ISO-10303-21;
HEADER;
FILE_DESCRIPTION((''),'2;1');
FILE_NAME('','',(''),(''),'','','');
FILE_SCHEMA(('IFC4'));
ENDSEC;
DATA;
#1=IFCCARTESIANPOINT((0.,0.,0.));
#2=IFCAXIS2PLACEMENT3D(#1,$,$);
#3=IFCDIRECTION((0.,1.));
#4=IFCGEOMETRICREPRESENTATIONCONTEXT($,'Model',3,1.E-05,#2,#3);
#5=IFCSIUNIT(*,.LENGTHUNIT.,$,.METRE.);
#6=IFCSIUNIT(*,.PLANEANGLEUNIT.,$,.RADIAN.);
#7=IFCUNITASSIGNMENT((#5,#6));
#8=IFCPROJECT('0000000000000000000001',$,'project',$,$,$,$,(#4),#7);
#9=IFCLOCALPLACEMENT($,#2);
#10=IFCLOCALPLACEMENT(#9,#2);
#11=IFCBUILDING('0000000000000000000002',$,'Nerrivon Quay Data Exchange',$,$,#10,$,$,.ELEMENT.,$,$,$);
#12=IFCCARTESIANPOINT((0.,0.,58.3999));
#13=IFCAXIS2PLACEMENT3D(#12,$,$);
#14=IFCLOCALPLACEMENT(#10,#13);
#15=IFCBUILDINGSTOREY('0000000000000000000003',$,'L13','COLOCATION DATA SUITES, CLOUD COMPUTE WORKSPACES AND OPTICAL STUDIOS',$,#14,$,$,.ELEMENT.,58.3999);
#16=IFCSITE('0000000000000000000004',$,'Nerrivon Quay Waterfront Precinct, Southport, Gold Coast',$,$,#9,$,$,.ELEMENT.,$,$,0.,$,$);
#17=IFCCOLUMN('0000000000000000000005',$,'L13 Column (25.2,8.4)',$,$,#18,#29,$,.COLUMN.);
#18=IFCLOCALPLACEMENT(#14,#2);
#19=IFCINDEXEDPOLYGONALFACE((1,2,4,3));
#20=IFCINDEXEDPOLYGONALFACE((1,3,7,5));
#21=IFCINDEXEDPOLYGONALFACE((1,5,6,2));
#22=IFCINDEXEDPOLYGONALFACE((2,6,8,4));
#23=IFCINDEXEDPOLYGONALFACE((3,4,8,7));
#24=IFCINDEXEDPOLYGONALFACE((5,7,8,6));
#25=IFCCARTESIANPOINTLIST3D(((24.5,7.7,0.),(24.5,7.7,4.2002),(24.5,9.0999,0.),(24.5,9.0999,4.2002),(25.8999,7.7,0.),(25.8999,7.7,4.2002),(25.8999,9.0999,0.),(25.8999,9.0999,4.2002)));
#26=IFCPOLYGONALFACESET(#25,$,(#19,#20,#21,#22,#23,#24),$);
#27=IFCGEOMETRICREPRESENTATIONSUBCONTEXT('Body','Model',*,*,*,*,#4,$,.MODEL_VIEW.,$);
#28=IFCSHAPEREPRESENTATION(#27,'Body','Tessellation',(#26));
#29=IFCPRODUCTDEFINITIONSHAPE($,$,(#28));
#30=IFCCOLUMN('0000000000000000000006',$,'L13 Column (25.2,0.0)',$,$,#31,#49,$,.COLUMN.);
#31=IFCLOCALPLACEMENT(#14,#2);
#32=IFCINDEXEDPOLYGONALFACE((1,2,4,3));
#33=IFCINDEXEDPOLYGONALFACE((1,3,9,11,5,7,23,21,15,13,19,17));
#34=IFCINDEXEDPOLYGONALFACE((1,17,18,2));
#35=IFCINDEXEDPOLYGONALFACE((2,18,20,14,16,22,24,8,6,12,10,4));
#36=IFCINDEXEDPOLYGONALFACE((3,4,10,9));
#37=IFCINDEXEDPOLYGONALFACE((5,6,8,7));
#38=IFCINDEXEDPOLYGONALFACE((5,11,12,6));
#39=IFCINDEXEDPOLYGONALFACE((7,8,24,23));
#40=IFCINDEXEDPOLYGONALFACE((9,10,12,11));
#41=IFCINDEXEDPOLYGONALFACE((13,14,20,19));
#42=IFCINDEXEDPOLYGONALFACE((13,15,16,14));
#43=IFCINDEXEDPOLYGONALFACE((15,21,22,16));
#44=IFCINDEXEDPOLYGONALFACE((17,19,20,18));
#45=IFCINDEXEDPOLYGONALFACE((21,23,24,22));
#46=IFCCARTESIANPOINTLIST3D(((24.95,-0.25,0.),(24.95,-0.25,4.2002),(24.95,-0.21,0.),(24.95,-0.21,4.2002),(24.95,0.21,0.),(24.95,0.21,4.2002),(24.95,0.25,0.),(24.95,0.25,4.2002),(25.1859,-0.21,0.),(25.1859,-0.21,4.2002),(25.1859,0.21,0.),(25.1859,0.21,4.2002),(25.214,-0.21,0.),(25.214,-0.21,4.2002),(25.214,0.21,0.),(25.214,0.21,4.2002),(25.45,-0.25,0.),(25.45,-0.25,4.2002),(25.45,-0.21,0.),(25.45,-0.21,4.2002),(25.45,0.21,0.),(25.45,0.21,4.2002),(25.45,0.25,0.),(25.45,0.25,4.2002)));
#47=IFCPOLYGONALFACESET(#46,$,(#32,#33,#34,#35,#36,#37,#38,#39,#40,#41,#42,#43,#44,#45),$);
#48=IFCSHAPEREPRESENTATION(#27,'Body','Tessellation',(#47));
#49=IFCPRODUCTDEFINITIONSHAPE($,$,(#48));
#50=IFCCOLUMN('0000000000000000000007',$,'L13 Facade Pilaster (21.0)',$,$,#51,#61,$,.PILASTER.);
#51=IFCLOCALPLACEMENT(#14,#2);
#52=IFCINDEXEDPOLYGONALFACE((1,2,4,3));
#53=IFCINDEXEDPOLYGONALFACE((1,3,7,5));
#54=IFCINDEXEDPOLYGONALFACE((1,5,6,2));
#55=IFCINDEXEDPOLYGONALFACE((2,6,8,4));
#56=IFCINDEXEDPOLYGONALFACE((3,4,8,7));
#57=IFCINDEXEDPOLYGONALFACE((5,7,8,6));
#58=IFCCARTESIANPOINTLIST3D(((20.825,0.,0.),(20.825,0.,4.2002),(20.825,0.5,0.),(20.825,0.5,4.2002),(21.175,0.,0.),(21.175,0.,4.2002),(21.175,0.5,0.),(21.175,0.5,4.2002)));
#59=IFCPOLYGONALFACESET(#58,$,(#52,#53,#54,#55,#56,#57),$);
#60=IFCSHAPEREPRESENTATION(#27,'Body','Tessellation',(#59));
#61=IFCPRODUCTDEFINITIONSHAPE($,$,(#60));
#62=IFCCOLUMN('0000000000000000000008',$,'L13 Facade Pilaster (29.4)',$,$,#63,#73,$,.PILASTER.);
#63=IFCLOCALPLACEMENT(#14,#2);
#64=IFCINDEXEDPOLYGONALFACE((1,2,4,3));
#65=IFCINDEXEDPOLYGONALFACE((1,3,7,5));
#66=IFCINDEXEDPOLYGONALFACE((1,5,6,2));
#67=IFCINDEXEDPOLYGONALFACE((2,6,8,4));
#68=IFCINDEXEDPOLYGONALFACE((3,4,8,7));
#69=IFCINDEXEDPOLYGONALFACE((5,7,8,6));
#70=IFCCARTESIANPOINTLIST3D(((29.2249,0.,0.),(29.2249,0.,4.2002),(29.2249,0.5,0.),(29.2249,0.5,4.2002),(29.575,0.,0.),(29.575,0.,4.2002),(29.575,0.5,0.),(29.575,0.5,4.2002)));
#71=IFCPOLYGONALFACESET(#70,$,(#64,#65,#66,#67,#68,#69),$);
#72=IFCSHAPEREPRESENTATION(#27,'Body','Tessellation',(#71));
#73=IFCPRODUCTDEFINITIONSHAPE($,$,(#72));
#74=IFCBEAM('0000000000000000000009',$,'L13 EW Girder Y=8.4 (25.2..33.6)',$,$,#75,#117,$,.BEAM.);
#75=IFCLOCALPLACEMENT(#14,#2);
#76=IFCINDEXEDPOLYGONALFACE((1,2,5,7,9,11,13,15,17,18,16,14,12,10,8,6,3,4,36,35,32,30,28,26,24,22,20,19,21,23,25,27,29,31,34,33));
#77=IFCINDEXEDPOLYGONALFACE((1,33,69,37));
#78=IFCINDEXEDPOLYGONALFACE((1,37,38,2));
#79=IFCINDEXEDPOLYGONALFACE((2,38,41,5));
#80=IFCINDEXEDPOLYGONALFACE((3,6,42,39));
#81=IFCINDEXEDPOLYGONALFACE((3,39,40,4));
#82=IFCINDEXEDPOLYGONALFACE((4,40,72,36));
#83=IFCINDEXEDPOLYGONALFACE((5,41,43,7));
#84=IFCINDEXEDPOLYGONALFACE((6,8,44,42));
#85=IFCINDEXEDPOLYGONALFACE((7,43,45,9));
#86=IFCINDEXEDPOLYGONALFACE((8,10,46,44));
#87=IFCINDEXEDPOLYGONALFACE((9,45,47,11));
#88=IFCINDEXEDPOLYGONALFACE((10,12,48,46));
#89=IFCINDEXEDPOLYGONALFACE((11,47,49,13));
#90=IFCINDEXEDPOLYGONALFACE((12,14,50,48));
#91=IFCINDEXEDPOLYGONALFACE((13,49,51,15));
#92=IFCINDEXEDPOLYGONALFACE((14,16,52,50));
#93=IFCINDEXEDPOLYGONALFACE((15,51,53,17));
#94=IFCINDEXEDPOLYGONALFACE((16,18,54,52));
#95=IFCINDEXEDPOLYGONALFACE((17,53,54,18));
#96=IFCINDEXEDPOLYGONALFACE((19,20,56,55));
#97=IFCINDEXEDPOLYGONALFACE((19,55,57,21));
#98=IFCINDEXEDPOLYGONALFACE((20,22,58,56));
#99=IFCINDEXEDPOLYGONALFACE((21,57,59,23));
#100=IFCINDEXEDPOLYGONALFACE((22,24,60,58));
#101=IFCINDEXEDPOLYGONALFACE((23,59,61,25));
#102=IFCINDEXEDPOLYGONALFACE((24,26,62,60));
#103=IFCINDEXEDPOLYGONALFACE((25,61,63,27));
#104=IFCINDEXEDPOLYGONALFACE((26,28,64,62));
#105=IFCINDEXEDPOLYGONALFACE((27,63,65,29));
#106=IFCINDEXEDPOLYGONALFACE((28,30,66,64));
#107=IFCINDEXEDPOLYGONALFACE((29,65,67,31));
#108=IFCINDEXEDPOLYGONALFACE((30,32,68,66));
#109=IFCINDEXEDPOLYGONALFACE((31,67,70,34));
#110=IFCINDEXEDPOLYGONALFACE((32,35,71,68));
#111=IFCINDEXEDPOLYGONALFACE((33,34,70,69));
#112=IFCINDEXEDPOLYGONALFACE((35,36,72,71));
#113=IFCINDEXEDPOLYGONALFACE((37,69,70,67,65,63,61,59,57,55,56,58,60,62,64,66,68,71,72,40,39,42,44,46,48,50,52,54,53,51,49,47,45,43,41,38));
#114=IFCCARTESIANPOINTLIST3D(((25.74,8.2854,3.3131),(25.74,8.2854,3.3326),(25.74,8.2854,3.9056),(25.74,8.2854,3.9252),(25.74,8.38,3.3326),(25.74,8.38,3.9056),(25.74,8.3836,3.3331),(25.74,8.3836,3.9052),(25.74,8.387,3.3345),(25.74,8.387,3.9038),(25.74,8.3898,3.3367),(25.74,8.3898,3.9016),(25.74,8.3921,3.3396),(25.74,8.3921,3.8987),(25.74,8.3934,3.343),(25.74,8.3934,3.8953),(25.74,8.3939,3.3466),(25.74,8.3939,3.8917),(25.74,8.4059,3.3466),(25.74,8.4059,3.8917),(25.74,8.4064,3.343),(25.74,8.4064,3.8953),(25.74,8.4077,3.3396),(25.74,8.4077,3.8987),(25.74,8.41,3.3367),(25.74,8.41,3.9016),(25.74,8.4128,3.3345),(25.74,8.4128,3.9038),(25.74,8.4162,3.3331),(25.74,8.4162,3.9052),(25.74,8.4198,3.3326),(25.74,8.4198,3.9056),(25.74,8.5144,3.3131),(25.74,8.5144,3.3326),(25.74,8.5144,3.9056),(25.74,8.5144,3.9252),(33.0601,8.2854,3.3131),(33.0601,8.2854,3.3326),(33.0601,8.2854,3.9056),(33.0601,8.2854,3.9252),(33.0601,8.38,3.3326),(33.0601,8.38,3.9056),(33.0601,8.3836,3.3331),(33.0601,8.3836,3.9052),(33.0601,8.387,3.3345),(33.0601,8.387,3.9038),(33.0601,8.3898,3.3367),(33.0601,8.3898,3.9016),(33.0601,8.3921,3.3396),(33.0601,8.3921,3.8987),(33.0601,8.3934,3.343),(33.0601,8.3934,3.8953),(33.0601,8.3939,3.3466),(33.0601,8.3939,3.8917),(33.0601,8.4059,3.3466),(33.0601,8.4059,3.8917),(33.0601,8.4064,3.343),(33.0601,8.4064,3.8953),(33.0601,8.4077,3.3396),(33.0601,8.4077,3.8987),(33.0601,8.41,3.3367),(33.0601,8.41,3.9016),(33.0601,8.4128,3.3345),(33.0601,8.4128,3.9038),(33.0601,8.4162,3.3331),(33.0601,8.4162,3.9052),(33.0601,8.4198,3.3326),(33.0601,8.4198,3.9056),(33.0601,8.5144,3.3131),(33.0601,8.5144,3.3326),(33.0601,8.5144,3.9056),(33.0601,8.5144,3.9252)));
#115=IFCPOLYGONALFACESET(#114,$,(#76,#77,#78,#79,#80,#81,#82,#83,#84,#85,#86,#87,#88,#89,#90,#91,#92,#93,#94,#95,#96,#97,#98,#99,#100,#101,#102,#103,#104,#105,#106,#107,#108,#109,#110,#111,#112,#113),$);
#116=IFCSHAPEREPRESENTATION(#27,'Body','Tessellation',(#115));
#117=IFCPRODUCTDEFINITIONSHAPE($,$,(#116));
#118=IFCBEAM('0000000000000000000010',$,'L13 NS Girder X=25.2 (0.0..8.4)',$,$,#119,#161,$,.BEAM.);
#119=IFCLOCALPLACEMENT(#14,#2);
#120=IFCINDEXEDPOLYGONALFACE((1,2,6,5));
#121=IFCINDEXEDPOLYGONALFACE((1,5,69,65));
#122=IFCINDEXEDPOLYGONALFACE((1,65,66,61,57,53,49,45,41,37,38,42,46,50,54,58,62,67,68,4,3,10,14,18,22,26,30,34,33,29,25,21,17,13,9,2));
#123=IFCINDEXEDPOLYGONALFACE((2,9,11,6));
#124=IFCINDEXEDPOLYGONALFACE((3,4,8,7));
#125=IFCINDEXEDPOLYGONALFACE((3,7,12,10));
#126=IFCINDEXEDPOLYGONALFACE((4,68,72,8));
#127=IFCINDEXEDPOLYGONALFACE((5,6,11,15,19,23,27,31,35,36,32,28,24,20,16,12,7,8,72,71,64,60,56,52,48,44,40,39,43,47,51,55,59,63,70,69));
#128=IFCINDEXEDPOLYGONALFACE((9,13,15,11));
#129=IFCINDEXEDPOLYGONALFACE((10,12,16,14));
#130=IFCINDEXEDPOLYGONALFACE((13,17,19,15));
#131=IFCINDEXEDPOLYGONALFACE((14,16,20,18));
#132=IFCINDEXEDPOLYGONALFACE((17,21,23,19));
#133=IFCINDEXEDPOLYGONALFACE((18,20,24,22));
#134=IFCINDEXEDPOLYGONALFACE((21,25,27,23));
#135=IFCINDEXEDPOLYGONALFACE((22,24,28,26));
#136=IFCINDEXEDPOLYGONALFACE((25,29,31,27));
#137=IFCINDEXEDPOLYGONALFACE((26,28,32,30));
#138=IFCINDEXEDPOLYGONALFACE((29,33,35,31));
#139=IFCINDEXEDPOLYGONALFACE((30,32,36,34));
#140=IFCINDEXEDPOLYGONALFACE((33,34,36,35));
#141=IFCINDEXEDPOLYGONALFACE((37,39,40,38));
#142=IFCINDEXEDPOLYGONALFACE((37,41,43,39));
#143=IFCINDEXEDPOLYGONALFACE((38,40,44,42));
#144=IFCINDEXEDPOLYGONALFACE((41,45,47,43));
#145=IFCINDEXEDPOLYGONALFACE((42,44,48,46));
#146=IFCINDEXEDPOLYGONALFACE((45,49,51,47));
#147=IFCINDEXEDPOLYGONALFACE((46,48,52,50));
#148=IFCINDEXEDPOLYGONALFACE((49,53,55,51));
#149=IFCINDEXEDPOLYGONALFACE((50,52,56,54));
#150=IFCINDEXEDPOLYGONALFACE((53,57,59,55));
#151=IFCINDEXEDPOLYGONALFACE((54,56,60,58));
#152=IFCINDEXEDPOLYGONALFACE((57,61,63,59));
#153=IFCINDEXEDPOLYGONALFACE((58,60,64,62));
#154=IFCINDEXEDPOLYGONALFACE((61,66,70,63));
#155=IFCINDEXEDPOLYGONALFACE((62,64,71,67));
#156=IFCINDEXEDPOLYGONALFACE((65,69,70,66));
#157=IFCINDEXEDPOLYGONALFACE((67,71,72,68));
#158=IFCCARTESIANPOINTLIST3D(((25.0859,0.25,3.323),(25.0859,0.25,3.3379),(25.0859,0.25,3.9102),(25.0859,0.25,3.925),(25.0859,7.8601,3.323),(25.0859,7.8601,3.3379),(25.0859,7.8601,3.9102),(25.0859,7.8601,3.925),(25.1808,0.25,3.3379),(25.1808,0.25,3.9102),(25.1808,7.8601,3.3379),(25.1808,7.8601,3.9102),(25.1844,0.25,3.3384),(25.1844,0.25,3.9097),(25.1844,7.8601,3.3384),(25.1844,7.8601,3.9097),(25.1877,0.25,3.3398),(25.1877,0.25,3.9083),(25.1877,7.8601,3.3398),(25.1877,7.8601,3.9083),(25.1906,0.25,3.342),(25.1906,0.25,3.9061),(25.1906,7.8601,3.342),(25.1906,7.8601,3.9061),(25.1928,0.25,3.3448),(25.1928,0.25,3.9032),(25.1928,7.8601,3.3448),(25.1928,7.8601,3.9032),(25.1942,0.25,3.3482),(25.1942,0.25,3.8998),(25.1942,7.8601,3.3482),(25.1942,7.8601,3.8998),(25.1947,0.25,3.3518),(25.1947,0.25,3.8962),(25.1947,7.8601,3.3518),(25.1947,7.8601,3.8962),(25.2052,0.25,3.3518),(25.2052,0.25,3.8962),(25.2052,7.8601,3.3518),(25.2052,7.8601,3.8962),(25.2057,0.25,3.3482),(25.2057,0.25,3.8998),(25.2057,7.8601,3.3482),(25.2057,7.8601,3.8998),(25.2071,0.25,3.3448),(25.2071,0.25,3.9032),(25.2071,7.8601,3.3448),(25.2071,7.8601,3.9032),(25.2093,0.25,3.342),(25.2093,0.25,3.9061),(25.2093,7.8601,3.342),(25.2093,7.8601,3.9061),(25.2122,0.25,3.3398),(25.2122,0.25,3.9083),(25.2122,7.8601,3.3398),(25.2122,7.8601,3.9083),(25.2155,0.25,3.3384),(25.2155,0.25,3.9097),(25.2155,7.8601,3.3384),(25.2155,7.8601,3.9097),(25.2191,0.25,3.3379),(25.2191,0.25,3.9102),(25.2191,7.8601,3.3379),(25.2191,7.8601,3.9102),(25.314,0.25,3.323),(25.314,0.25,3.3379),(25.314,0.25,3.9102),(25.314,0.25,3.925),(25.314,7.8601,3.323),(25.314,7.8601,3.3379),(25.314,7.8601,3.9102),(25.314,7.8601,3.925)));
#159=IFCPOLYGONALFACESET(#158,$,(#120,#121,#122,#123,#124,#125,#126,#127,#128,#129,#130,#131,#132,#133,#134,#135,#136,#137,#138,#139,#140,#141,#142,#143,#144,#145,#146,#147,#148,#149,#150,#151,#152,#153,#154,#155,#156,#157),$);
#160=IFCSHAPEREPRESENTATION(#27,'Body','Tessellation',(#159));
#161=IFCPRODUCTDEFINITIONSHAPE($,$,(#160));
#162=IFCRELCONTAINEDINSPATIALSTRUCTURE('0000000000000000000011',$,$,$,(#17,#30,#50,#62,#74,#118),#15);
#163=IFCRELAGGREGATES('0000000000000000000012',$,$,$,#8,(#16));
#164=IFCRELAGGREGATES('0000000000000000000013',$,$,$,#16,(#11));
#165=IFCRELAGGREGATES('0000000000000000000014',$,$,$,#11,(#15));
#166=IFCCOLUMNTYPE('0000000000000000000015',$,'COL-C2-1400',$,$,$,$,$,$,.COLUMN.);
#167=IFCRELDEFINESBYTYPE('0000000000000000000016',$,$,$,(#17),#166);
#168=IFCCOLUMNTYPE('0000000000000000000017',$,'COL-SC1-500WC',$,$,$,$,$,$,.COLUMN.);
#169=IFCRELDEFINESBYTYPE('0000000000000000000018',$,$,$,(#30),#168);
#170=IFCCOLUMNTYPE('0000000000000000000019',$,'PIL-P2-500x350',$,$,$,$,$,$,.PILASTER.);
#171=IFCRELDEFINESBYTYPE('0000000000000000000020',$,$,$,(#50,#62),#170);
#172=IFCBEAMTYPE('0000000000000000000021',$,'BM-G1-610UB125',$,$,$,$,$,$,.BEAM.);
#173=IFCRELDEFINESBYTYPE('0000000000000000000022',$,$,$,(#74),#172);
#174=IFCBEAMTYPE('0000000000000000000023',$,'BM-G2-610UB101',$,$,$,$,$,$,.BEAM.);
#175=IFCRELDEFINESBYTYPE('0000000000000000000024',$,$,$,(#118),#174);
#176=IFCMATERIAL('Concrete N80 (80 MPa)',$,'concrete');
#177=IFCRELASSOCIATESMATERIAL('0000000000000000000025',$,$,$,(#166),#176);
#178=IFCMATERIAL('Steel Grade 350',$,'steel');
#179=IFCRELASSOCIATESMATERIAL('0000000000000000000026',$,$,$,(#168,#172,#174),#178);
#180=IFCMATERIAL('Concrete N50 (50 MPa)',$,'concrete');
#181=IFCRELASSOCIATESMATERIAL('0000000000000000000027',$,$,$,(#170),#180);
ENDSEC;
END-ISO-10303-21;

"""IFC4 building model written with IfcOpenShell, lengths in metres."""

from ifc_helpers import new_model, si_unit, direction, frame, origin, origin_2d, place, context, subcontext, project, spatial, rectangle, i_section, extrude, material, material_profile, profile_set, type_object, element, save


model = new_model("IFC4")

# Units and contexts
model_context = context("Model", 3, precision=1e-05, world=origin(), true_north=direction((0.0, 1.0)))
body_context = subcontext(model_context, "Body", "Model", "MODEL_VIEW")
ifc_project = project(units=[si_unit("LENGTHUNIT", "METRE"), si_unit("PLANEANGLEUNIT", "RADIAN")], contexts=[model_context])

# Site, building, storey
site_placement = place(None, origin())
site = spatial("IfcSite", under=ifc_project, at=site_placement, Name="Nerrivon Quay Waterfront Precinct, Southport, Gold Coast", CompositionType="ELEMENT", RefElevation=0.0)
building_placement = place(site_placement, origin())
building = spatial("IfcBuilding", under=site, at=building_placement, Name="Nerrivon Quay Data Exchange", CompositionType="ELEMENT")
storey_placement = place(building_placement, frame((0.0, 0.0, 58.3999)))
storey = spatial("IfcBuildingStorey", under=building, at=storey_placement, Name="L13", Description="COLOCATION DATA SUITES, CLOUD COMPUTE WORKSPACES AND OPTICAL STUDIOS", CompositionType="ELEMENT", Elevation=58.3999)

# Columns
ifc_material_1 = material(Name="Concrete N80 (80 MPa)", Category="concrete")
ifc_material_profile_1 = material_profile(ifc_material_1, rectangle(XDim=1.3999, YDim=1.3999, at=origin_2d()), Name="RC-COL-1400x1400")
ifc_profile_set_1 = profile_set([ifc_material_profile_1], Name="Concrete N80 (80 MPa)")
column_type_1 = type_object("IfcColumnType", Name="COL-C2-1400", PredefinedType="COLUMN", material=ifc_profile_set_1)
column_1_placement = place(storey_placement, frame((25.2, 8.3999, 0.0), z_axis=(0.0, 0.0, 1.0), x_axis=(1.0, 0.0, 0.0)))
element("IfcColumn", 1, at=column_1_placement, inside=storey, type_object=column_type_1, Name="L13 Column (25.2,8.4)", PredefinedType="COLUMN", context=body_context, shape_type="SweptSolid", body=[
    extrude(rectangle(XDim=1.3999, YDim=1.3999, at=origin_2d()), origin(), (0.0, 0.0, 1.0), 4.2002),
])
ifc_material_2 = material(Name="Steel Grade 350", Category="steel")
ifc_material_profile_2 = material_profile(ifc_material_2, i_section(OverallWidth=0.5, OverallDepth=0.5, WebThickness=0.0281, FlangeThickness=0.04, at=origin_2d()), Name="500WC440")
ifc_profile_set_2 = profile_set([ifc_material_profile_2], Name="Steel Grade 350")
column_type_2 = type_object("IfcColumnType", Name="COL-SC1-500WC", PredefinedType="COLUMN", material=ifc_profile_set_2)
column_2_placement = place(storey_placement, frame((25.2, 0.0, 0.0), z_axis=(0.0, 0.0, 1.0), x_axis=(1.0, 0.0, 0.0)))
element("IfcColumn", 2, at=column_2_placement, inside=storey, type_object=column_type_2, Name="L13 Column (25.2,0.0)", PredefinedType="COLUMN", context=body_context, shape_type="SweptSolid", body=[
    extrude(i_section(OverallWidth=0.5, OverallDepth=0.5, WebThickness=0.0281, FlangeThickness=0.04, at=origin_2d()), origin(), (0.0, 0.0, 1.0), 4.2002),
])
ifc_material_3 = material(Name="Concrete N50 (50 MPa)", Category="concrete")
ifc_material_profile_3 = material_profile(ifc_material_3, rectangle(XDim=0.3501, YDim=0.5, at=origin_2d()), Name="RC-PIL-500x350")
ifc_profile_set_3 = profile_set([ifc_material_profile_3], Name="Concrete N50 (50 MPa)")
column_type_3 = type_object("IfcColumnType", Name="PIL-P2-500x350", PredefinedType="PILASTER", material=ifc_profile_set_3)
for number, where, z_axis, x_axis, name in (
    (3, (21.0, 0.25, 0.0), (0.0, 0.0, 1.0), (1.0, 0.0, 0.0), "L13 Facade Pilaster (21.0)"),
    (4, (29.3999, 0.25, 0.0), (0.0, 0.0, 1.0), (1.0, 0.0, 0.0), "L13 Facade Pilaster (29.4)"),
):
    element("IfcColumn", number, at=place(storey_placement, frame(where, z_axis=z_axis, x_axis=x_axis)), inside=storey, type_object=column_type_3, Name=name, PredefinedType="PILASTER", context=body_context, shape_type="SweptSolid", body=[
        extrude(rectangle(XDim=0.3501, YDim=0.5, at=origin_2d()), origin(), (0.0, 0.0, 1.0), 4.2002),
    ])

# Beams
ifc_material_profile_4 = material_profile(ifc_material_2, i_section(OverallWidth=0.229, OverallDepth=0.6121, WebThickness=0.012, FlangeThickness=0.0195, FilletRadius=0.0139, at=origin_2d()), Name="610UB125")
ifc_profile_set_4 = profile_set([ifc_material_profile_4], Name="Steel Grade 350")
beam_type_1 = type_object("IfcBeamType", Name="BM-G1-610UB125", PredefinedType="BEAM", material=ifc_profile_set_4)
beam_1_placement = place(storey_placement, frame((25.74, 8.3999, 3.6191), z_axis=(1.0, 0.0, 0.0), x_axis=(0.0, 1.0, 0.0)))
element("IfcBeam", 5, at=beam_1_placement, inside=storey, type_object=beam_type_1, Name="L13 EW Girder Y=8.4 (25.2..33.6)", PredefinedType="BEAM", context=body_context, shape_type="SweptSolid", body=[
    extrude(i_section(OverallWidth=0.229, OverallDepth=0.6121, WebThickness=0.012, FlangeThickness=0.0195, FilletRadius=0.0139, at=origin_2d()), origin(), (0.0, 0.0, 1.0), 7.3201),
])
ifc_material_profile_5 = material_profile(ifc_material_2, i_section(OverallWidth=0.228, OverallDepth=0.6021, WebThickness=0.0105, FlangeThickness=0.0149, FilletRadius=0.0139, at=origin_2d()), Name="610UB101")
ifc_profile_set_5 = profile_set([ifc_material_profile_5], Name="Steel Grade 350")
beam_type_2 = type_object("IfcBeamType", Name="BM-G2-610UB101", PredefinedType="BEAM", material=ifc_profile_set_5)
beam_2_placement = place(storey_placement, frame((25.2, 0.25, 3.624), z_axis=(0.0, 1.0, 0.0), x_axis=(-1.0, 0.0, 0.0)))
element("IfcBeam", 6, at=beam_2_placement, inside=storey, type_object=beam_type_2, Name="L13 NS Girder X=25.2 (0.0..8.4)", PredefinedType="BEAM", context=body_context, shape_type="SweptSolid", body=[
    extrude(i_section(OverallWidth=0.228, OverallDepth=0.6021, WebThickness=0.0105, FlangeThickness=0.0149, FilletRadius=0.0139, at=origin_2d()), origin(), (0.0, 0.0, 1.0), 7.6101),
])

save(model, "model.ifc")
